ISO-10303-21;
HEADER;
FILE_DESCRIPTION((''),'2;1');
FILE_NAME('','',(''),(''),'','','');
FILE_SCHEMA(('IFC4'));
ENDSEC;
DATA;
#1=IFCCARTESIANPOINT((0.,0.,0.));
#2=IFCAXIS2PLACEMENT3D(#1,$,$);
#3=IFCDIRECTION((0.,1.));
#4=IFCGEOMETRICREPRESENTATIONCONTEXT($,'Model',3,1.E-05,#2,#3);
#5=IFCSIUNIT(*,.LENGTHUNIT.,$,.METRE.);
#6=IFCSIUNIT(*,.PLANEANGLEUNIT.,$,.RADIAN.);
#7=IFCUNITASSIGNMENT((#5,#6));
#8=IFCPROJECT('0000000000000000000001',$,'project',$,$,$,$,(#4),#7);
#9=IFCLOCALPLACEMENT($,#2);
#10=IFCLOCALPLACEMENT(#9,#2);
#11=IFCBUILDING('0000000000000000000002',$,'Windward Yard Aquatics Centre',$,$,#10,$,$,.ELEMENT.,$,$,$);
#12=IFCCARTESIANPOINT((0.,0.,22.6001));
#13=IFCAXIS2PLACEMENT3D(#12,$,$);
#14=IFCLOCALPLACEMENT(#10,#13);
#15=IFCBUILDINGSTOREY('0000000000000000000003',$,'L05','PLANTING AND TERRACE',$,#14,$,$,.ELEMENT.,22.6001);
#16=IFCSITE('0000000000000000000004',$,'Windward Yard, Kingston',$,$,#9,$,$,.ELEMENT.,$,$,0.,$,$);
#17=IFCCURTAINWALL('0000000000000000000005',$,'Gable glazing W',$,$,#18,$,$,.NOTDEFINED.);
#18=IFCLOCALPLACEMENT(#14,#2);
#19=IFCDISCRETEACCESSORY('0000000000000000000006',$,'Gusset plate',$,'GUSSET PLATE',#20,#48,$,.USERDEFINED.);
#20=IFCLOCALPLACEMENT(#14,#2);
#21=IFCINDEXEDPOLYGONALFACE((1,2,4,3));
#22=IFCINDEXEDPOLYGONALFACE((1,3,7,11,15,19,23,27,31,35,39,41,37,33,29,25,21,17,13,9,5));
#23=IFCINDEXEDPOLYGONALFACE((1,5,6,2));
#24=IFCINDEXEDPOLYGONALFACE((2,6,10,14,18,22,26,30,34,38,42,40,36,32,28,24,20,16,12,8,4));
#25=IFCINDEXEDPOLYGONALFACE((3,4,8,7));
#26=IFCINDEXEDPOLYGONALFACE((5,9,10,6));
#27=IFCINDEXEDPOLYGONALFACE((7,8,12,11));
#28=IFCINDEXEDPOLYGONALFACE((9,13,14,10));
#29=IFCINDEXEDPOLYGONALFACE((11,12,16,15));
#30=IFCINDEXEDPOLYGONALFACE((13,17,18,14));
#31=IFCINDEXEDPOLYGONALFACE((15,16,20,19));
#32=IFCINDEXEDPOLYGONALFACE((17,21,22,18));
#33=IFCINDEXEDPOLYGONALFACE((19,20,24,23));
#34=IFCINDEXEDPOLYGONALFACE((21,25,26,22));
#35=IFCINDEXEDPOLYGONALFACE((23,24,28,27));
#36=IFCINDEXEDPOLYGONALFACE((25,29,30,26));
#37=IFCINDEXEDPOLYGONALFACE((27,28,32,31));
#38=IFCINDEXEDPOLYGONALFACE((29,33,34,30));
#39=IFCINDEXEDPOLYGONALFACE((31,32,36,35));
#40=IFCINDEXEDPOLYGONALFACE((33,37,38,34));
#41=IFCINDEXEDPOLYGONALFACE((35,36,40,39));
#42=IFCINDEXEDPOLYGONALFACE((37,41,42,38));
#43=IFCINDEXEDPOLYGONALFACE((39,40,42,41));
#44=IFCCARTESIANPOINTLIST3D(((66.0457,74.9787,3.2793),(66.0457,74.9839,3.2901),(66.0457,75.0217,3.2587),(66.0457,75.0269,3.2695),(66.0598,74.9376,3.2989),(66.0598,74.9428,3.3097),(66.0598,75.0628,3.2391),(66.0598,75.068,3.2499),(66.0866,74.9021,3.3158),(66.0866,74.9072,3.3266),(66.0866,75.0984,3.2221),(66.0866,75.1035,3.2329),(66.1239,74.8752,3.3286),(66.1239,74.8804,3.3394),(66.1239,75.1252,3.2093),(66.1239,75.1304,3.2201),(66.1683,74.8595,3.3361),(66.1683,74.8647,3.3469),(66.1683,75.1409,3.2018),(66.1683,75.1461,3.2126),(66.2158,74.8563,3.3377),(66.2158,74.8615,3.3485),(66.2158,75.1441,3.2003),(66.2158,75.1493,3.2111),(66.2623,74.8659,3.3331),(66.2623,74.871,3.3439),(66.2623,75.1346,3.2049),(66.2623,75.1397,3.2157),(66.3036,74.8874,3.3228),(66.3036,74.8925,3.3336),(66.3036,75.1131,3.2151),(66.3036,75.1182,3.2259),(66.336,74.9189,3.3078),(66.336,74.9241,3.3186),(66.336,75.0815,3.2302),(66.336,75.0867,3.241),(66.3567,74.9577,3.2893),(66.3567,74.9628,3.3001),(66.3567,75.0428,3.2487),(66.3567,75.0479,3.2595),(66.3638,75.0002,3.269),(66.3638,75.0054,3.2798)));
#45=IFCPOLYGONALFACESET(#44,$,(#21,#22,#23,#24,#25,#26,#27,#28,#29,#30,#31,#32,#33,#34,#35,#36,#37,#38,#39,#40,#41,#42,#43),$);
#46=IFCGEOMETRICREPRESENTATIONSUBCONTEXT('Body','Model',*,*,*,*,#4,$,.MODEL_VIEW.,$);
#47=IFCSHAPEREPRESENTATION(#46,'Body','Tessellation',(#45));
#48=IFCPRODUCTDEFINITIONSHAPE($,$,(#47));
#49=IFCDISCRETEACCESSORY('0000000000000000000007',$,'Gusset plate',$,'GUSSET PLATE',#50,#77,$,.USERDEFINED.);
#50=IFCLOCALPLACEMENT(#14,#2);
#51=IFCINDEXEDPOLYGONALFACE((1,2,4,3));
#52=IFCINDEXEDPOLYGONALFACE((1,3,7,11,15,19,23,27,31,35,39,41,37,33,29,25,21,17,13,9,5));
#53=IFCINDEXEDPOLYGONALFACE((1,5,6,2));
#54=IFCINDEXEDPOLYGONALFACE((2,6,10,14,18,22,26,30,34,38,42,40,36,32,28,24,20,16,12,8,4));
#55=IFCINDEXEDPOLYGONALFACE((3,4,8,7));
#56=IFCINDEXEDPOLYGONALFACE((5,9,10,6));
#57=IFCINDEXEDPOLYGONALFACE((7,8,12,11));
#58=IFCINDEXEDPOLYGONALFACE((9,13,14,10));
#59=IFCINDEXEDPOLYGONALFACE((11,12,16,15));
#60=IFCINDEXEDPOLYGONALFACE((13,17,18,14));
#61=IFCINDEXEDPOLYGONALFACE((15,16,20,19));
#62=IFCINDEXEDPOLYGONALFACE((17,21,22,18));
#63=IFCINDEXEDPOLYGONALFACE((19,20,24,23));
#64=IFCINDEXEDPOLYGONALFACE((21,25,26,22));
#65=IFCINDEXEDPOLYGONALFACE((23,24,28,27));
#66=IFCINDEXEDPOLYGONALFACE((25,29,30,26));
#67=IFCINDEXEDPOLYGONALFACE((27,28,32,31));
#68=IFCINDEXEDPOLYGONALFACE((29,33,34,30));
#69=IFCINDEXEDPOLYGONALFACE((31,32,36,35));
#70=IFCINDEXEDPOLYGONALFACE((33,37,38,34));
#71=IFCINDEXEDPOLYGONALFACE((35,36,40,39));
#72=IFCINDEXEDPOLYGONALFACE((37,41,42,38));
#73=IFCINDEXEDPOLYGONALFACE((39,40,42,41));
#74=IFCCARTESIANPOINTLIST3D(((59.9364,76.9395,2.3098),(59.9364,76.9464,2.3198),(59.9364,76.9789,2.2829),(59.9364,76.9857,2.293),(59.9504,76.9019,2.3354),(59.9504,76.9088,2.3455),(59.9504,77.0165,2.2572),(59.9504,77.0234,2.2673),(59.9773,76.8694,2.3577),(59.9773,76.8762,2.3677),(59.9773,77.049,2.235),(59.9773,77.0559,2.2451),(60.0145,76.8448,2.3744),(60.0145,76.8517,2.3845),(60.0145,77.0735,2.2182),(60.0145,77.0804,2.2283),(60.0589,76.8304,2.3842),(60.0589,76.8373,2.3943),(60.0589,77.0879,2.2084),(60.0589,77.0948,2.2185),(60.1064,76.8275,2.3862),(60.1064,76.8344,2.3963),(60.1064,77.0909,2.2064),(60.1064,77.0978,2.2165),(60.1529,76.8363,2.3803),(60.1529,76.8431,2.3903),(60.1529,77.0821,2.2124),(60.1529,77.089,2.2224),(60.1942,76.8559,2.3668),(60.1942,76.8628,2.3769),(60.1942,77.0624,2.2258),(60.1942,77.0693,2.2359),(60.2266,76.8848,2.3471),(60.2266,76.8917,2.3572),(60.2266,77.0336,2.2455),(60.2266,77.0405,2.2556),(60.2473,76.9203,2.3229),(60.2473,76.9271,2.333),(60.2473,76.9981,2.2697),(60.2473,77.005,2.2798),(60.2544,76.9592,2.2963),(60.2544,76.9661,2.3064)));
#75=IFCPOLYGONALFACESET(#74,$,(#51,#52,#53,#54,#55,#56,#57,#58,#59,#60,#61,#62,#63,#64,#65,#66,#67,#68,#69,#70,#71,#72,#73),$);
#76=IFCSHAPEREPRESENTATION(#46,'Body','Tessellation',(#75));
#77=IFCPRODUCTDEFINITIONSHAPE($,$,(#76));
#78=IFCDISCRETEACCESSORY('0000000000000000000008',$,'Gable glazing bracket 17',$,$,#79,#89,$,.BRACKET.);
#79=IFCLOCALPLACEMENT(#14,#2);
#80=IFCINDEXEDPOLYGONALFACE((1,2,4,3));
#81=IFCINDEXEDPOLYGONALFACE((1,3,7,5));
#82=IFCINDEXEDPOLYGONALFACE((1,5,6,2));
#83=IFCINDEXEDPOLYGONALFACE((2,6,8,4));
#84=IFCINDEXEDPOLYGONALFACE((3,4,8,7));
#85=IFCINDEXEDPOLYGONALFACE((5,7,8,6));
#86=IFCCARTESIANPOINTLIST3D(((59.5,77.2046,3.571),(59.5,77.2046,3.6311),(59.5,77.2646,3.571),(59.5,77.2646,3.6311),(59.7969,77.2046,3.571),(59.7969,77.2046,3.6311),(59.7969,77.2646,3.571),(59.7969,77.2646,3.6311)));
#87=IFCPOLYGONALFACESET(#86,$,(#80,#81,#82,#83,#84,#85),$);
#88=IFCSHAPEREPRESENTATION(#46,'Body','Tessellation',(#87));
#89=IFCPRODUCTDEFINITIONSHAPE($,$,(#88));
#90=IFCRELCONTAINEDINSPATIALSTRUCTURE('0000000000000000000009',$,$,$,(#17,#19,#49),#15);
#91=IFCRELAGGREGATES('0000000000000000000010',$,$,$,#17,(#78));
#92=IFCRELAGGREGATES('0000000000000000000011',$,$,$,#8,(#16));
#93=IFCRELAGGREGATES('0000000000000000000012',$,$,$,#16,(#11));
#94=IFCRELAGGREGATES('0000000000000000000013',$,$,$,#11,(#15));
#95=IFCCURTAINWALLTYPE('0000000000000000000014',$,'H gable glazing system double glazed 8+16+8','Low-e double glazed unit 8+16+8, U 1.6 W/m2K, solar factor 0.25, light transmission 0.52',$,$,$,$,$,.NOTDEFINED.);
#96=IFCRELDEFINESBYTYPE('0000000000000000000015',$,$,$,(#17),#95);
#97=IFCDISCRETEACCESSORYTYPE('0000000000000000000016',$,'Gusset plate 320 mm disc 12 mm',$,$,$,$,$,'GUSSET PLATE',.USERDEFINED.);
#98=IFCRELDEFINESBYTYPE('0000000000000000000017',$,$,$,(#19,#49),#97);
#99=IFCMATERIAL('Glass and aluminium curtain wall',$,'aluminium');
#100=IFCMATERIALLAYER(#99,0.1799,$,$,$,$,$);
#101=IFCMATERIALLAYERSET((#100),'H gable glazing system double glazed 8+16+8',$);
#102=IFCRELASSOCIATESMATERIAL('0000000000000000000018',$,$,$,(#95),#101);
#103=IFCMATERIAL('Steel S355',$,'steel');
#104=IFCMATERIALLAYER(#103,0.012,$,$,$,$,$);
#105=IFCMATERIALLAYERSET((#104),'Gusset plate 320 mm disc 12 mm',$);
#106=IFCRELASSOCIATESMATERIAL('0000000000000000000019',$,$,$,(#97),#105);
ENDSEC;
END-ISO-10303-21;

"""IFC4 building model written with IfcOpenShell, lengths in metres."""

from ifc_helpers import new_model, si_unit, direction, frame, origin, origin_2d, place, context, subcontext, project, spatial, rectangle, circle, extrude, material, layer, layer_set, type_object, element, aggregate, save


model = new_model("IFC4")

# Units and contexts
model_context = context("Model", 3, precision=1e-05, world=origin(), true_north=direction((0.0, 1.0)))
body_context = subcontext(model_context, "Body", "Model", "MODEL_VIEW")
ifc_project = project(units=[si_unit("LENGTHUNIT", "METRE"), si_unit("PLANEANGLEUNIT", "RADIAN")], contexts=[model_context])

# Site, building, storey
site_placement = place(None, origin())
site = spatial("IfcSite", under=ifc_project, at=site_placement, Name="Windward Yard, Kingston", CompositionType="ELEMENT", RefElevation=0.0)
building_placement = place(site_placement, origin())
building = spatial("IfcBuilding", under=site, at=building_placement, Name="Windward Yard Aquatics Centre", CompositionType="ELEMENT")
storey_placement = place(building_placement, frame((0.0, 0.0, 22.6001)))
storey = spatial("IfcBuildingStorey", under=building, at=storey_placement, Name="L05", Description="PLANTING AND TERRACE", CompositionType="ELEMENT", Elevation=22.6001)

# Curtain wall
ifc_material_1 = material(Name="Glass and aluminium curtain wall", Category="aluminium")
ifc_layer_1 = layer(ifc_material_1, 0.1799)
ifc_layer_set_1 = layer_set([ifc_layer_1], Name="H gable glazing system double glazed 8+16+8")
curtain_wall_type = type_object("IfcCurtainWallType", Name="H gable glazing system double glazed 8+16+8", Description="Low-e double glazed unit 8+16+8, U 1.6 W/m2K, solar factor 0.25, light transmission 0.52", PredefinedType="NOTDEFINED", material=ifc_layer_set_1)
curtain_wall_placement = place(storey_placement, origin())
curtain_wall = element("IfcCurtainWall", 1, at=curtain_wall_placement, inside=storey, type_object=curtain_wall_type, Name="Gable glazing W", PredefinedType="NOTDEFINED")

# Discrete accessories
ifc_material_2 = material(Name="Steel S355", Category="steel")
ifc_layer_2 = layer(ifc_material_2, 0.012)
ifc_layer_set_2 = layer_set([ifc_layer_2], Name="Gusset plate 320 mm disc 12 mm")
discrete_accessory_type = type_object("IfcDiscreteAccessoryType", Name="Gusset plate 320 mm disc 12 mm", ElementType="GUSSET PLATE", PredefinedType="USERDEFINED", material=ifc_layer_set_2)
for number, where, z_axis, x_axis, name in (
    (2, (66.2039, 75.0054, 3.2798), (0.0, -0.43073, -0.902481), (1.0, 0.0, 0.0), "Gusset plate"),
):
    element("IfcDiscreteAccessory", number, at=place(storey_placement, frame(where, z_axis=z_axis, x_axis=x_axis)), inside=storey, type_object=discrete_accessory_type, Name=name, ObjectType="GUSSET PLATE", PredefinedType="USERDEFINED", context=body_context, shape_type="SweptSolid", body=[
        extrude(circle(Radius=0.1599, at=origin_2d()), origin(), (0.0, 0.0, 1.0), 0.012),
    ])
discrete_accessory_1_placement = place(storey_placement, frame((60.0945, 76.9661, 2.3064), z_axis=(0.0, -0.563962, -0.825801), x_axis=(1.0, 0.0, 0.0)))
element("IfcDiscreteAccessory", 3, at=discrete_accessory_1_placement, inside=storey, type_object=discrete_accessory_type, Name="Gusset plate", ObjectType="GUSSET PLATE", PredefinedType="USERDEFINED", context=body_context, shape_type="SweptSolid", body=[
    extrude(circle(Radius=0.1599, at=origin_2d()), origin(), (0.0, 0.0, 1.0), 0.0122),
])

# Discrete accessory
discrete_accessory_2_placement = place(storey_placement, frame((59.5, 77.2346, 3.6011), z_axis=(1.0, 0.0, 0.0), x_axis=(0.0, 1.0, 0.0)))
discrete_accessory_2 = element("IfcDiscreteAccessory", 4, at=discrete_accessory_2_placement, Name="Gable glazing bracket 17", PredefinedType="BRACKET", context=body_context, shape_type="SweptSolid", body=[
    extrude(rectangle(XDim=0.0601, YDim=0.0601, at=origin_2d()), origin(), (0.0, 0.0, 1.0), 0.2969),
])
aggregate(curtain_wall, [discrete_accessory_2])

save(model, "model.ifc")
